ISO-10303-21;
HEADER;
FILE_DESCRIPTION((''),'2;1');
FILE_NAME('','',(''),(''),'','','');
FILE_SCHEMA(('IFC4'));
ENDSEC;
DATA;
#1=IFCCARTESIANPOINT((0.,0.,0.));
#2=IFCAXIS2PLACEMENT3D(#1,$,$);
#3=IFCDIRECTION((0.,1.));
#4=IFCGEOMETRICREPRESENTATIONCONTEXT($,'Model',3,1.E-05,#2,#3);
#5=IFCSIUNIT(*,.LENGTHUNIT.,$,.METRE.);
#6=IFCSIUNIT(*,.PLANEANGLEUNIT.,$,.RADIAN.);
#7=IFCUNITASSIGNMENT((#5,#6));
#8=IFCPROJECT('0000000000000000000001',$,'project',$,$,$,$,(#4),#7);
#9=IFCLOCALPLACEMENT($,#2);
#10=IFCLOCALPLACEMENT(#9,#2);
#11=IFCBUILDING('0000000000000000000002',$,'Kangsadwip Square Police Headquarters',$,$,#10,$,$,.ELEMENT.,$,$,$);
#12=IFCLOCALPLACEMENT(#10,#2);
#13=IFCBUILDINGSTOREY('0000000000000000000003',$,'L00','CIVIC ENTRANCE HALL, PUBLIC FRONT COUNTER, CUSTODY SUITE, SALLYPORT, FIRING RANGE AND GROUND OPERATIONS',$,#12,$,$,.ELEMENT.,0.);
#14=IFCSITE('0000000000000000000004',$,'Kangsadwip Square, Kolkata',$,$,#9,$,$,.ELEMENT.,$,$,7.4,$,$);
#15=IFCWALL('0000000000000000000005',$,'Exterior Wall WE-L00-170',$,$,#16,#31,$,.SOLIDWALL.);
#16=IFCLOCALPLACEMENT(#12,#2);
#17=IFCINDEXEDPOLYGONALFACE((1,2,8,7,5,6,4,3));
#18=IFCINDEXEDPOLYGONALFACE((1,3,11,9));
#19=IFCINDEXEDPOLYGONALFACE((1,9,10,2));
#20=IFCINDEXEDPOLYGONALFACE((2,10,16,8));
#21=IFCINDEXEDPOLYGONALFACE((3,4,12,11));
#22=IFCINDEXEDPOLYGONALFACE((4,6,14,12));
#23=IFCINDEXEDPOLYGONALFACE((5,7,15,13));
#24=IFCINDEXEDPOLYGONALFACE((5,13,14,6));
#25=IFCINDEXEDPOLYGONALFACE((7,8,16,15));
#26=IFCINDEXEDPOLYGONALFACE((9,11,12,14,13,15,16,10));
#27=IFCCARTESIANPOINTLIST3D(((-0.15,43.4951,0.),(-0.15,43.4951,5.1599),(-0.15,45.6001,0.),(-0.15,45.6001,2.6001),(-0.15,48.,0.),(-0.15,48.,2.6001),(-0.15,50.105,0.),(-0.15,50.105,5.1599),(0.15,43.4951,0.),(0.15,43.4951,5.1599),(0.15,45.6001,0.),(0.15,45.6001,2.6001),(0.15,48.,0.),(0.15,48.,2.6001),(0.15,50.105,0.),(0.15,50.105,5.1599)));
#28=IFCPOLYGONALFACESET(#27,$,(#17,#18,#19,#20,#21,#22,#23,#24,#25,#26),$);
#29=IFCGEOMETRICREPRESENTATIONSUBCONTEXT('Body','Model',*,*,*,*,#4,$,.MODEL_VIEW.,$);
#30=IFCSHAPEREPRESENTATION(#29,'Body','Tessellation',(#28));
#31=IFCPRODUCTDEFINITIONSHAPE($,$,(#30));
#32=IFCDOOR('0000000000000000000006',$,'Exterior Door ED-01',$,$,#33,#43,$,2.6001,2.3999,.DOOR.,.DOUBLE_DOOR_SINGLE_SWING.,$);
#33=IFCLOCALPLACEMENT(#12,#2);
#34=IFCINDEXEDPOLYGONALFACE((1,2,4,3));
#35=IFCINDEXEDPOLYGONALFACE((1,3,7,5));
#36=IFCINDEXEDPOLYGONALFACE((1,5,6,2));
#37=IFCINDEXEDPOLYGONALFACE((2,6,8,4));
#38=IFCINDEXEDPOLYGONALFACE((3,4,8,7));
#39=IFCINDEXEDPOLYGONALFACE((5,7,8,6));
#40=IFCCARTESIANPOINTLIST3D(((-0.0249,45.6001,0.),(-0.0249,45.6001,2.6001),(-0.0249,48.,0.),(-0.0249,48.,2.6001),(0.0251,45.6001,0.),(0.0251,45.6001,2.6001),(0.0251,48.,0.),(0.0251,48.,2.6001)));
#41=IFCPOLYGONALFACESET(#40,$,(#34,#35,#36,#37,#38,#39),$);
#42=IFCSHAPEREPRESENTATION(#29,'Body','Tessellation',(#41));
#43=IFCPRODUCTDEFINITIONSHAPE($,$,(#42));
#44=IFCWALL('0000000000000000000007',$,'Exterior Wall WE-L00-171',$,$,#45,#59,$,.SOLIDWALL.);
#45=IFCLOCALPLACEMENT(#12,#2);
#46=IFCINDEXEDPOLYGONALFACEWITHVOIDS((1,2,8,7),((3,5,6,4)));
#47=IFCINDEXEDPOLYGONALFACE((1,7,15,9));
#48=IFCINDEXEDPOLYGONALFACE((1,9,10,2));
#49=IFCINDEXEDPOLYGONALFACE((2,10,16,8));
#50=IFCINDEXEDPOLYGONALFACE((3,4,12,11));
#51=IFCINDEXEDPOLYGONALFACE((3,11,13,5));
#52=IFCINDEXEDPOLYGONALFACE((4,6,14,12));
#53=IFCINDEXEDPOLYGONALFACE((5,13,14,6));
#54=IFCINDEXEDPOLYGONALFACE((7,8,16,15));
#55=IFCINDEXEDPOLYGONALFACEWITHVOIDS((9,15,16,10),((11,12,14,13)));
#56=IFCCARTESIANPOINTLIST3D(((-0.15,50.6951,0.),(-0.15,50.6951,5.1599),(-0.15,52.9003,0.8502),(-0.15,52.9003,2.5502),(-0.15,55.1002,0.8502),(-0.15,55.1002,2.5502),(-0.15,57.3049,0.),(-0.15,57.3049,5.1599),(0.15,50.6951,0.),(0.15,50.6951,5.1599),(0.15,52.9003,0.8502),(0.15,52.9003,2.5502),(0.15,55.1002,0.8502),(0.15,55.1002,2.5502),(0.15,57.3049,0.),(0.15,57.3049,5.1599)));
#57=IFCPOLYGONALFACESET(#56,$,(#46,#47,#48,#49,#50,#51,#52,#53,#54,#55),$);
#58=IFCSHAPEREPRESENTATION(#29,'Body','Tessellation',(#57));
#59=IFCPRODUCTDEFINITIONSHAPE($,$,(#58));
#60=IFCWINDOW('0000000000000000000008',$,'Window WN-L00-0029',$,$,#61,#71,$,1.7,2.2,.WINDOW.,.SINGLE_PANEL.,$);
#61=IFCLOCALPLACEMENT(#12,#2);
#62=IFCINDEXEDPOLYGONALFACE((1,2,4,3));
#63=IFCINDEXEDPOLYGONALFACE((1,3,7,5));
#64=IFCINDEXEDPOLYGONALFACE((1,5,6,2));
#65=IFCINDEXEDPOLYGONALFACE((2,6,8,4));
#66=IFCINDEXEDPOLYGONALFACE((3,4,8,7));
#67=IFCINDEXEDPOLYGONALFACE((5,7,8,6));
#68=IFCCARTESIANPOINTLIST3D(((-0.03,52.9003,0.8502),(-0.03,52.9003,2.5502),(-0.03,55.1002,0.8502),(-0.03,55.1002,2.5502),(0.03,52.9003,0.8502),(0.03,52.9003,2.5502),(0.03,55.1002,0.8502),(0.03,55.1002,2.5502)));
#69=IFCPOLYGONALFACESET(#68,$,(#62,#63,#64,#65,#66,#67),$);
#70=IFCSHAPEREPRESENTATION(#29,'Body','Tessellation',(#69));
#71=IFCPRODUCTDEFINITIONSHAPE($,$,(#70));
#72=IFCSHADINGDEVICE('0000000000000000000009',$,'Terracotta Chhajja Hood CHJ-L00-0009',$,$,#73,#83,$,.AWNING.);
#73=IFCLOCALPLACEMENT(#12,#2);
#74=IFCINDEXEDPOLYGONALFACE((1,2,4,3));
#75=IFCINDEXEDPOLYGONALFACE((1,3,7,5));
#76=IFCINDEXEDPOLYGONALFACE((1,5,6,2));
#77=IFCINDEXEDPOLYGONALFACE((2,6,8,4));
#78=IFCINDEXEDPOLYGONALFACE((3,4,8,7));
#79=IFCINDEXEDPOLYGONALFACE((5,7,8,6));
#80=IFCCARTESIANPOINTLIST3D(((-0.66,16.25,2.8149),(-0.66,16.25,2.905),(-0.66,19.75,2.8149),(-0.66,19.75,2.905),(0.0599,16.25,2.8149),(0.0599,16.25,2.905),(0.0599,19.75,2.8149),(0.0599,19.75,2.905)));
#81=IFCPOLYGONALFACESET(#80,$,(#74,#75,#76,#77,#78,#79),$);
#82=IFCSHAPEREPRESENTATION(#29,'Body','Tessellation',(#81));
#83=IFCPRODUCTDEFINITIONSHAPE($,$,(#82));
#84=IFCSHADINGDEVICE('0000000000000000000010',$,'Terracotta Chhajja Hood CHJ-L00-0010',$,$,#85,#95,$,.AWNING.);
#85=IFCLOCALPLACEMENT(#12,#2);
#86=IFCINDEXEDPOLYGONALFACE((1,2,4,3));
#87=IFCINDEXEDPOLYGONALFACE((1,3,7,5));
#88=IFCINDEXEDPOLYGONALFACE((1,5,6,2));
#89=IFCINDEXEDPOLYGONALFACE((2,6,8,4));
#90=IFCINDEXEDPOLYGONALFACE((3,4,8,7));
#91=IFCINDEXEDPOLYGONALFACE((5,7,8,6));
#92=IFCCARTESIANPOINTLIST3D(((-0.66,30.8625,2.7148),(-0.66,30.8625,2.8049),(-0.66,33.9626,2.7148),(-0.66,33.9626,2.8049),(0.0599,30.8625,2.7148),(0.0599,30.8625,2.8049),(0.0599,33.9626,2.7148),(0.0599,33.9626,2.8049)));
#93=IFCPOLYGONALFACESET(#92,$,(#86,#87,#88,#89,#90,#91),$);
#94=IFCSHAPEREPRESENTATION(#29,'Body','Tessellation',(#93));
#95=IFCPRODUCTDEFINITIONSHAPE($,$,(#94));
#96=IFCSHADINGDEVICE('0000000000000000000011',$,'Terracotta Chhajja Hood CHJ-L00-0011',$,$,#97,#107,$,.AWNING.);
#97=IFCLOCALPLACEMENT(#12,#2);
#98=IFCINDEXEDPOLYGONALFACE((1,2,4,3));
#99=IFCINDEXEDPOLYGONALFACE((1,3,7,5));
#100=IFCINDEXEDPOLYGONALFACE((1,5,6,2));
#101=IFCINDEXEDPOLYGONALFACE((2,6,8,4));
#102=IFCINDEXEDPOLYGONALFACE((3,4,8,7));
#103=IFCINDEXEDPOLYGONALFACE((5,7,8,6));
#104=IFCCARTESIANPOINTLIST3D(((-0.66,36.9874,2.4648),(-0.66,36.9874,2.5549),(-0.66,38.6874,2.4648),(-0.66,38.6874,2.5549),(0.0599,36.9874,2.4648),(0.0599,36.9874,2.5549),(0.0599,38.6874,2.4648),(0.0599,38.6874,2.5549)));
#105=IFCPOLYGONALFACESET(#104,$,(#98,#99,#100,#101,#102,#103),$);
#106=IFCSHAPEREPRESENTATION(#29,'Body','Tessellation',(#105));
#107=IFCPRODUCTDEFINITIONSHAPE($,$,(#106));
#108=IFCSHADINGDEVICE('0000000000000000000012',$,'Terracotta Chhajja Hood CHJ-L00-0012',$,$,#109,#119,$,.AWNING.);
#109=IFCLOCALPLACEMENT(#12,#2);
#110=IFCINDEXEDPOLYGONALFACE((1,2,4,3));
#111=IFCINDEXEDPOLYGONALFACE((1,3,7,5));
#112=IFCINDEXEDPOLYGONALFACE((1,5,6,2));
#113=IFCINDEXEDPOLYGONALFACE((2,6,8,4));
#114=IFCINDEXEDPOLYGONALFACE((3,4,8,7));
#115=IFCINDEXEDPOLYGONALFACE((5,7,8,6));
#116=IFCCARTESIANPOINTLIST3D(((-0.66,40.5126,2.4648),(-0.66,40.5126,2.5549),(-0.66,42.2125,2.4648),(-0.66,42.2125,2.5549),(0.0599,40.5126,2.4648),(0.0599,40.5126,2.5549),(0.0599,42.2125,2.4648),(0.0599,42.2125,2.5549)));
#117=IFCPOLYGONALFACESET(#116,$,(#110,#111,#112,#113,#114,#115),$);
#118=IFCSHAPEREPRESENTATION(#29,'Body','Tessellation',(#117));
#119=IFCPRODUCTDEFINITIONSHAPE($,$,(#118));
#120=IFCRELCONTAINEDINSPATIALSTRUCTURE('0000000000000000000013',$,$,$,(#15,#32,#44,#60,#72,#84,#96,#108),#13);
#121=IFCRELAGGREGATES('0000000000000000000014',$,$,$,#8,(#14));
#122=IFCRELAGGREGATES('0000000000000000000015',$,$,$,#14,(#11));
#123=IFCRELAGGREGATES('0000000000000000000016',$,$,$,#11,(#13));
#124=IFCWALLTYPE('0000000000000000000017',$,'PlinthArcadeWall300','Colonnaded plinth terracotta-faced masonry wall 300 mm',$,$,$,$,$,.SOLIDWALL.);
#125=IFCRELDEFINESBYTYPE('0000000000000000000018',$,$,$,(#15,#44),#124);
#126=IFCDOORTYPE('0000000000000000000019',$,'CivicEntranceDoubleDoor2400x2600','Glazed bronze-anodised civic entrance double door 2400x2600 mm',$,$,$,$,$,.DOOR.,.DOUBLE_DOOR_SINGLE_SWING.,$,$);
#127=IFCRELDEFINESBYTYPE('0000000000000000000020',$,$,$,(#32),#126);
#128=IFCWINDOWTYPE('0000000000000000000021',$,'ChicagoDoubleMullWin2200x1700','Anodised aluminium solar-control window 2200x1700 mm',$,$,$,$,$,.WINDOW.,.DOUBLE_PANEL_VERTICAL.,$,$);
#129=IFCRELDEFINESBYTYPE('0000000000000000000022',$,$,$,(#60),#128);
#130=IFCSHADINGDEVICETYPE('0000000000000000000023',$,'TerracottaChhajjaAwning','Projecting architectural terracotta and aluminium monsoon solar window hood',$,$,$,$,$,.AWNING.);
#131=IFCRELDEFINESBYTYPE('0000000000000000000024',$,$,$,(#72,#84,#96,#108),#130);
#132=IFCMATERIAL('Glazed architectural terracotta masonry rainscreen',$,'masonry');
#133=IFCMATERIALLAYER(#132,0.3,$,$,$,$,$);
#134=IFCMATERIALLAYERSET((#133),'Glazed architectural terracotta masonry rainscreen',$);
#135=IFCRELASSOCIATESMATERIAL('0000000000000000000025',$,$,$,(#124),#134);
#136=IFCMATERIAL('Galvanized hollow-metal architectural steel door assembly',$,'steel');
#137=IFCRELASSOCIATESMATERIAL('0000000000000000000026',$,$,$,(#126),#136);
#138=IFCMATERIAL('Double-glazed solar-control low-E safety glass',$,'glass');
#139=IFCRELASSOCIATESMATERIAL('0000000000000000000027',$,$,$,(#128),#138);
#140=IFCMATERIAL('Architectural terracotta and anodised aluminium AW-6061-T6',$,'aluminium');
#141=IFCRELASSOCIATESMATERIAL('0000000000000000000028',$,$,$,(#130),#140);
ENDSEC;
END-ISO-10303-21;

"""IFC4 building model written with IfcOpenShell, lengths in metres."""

from ifc_helpers import new_model, si_unit, direction, frame, frame_2d, origin, origin_2d, place, context, subcontext, project, spatial, rectangle, extrude, material, layer, layer_set, type_object, element, fill, save


model = new_model("IFC4")

# Units and contexts
model_context = context("Model", 3, precision=1e-05, world=origin(), true_north=direction((0.0, 1.0)))
body_context = subcontext(model_context, "Body", "Model", "MODEL_VIEW")
ifc_project = project(units=[si_unit("LENGTHUNIT", "METRE"), si_unit("PLANEANGLEUNIT", "RADIAN")], contexts=[model_context])

# Site, building, storey
site_placement = place(None, origin())
site = spatial("IfcSite", under=ifc_project, at=site_placement, Name="Kangsadwip Square, Kolkata", CompositionType="ELEMENT", RefElevation=7.4)
building_placement = place(site_placement, origin())
building = spatial("IfcBuilding", under=site, at=building_placement, Name="Kangsadwip Square Police Headquarters", CompositionType="ELEMENT")
storey_placement = place(building_placement, origin())
storey = spatial("IfcBuildingStorey", under=building, at=storey_placement, Name="L00", Description="CIVIC ENTRANCE HALL, PUBLIC FRONT COUNTER, CUSTODY SUITE, SALLYPORT, FIRING RANGE AND GROUND OPERATIONS", CompositionType="ELEMENT", Elevation=0.0)

# Shared definitions
ifc_material_1 = material(Name="Glazed architectural terracotta masonry rainscreen", Category="masonry")
ifc_layer = layer(ifc_material_1, 0.3)
ifc_layer_set = layer_set([ifc_layer], Name="Glazed architectural terracotta masonry rainscreen")
wall_type = type_object("IfcWallType", Name="PlinthArcadeWall300", Description="Colonnaded plinth terracotta-faced masonry wall 300 mm", PredefinedType="SOLIDWALL", material=ifc_layer_set)

# Wall, opening, door
wall_1_placement = place(storey_placement, frame((0.0, 43.4951, 0.0), z_axis=(0.0, 0.0, 1.0), x_axis=(0.0, 1.0, 0.0)))
wall_1 = element("IfcWall", 1, at=wall_1_placement, inside=storey, type_object=wall_type, Name="Exterior Wall WE-L00-170", PredefinedType="SOLIDWALL", context=body_context, shape_type="SweptSolid", body=[
    extrude(rectangle(XDim=6.6099, YDim=0.3, at=frame_2d((3.3049, 0.0))), origin(), (0.0, 0.0, 1.0), 5.1599),
])
opening_1_placement = place(wall_1_placement, frame((2.105, 0.0, 0.0)))
opening_1 = element("IfcOpeningElement", 2, at=opening_1_placement, cuts=wall_1, PredefinedType="OPENING", context=body_context, shape_type="SweptSolid", body=[
    extrude(rectangle(XDim=2.3999, YDim=2.6001, at=frame_2d((1.2, 1.3))), frame((0.0, 0.1599, 0.0), z_axis=(0.0, -1.0, 0.0), x_axis=(1.0, 0.0, 0.0)), (0.0, 0.0, 1.0), 0.3201),
])
ifc_material_2 = material(Name="Galvanized hollow-metal architectural steel door assembly", Category="steel")
door_type = type_object("IfcDoorType", Name="CivicEntranceDoubleDoor2400x2600", Description="Glazed bronze-anodised civic entrance double door 2400x2600 mm", OperationType="DOUBLE_DOOR_SINGLE_SWING", PredefinedType="DOOR", material=ifc_material_2)
door_placement = place(opening_1_placement, origin())
door = element("IfcDoor", 3, at=door_placement, inside=storey, type_object=door_type, Name="Exterior Door ED-01", OperationType="DOUBLE_DOOR_SINGLE_SWING", OverallHeight=2.6001, OverallWidth=2.3999, PredefinedType="DOOR", context=body_context, shape_type="SweptSolid", body=[
    extrude(rectangle(XDim=2.3999, YDim=2.6001, at=frame_2d((1.2, 1.3))), frame((0.0, 0.0249, 0.0), z_axis=(0.0, -1.0, 0.0), x_axis=(1.0, 0.0, 0.0)), (0.0, 0.0, 1.0), 0.05),
])
fill(opening_1, door)

# Wall, opening, window
wall_2_placement = place(storey_placement, frame((0.0, 50.6951, 0.0), z_axis=(0.0, 0.0, 1.0), x_axis=(0.0, 1.0, 0.0)))
wall_2 = element("IfcWall", 4, at=wall_2_placement, inside=storey, type_object=wall_type, Name="Exterior Wall WE-L00-171", PredefinedType="SOLIDWALL", context=body_context, shape_type="SweptSolid", body=[
    extrude(rectangle(XDim=6.6099, YDim=0.3, at=frame_2d((3.3049, 0.0))), origin(), (0.0, 0.0, 1.0), 5.1599),
])
opening_2_placement = place(wall_2_placement, frame((2.2051, 0.0, 0.8501)))
opening_2 = element("IfcOpeningElement", 5, at=opening_2_placement, cuts=wall_2, PredefinedType="OPENING", context=body_context, shape_type="SweptSolid", body=[
    extrude(rectangle(XDim=2.2, YDim=1.7, at=frame_2d((1.1001, 0.8501))), frame((0.0, 0.1599, 0.0), z_axis=(0.0, -1.0, 0.0), x_axis=(1.0, 0.0, 0.0)), (0.0, 0.0, 1.0), 0.3201),
])
ifc_material_3 = material(Name="Double-glazed solar-control low-E safety glass", Category="glass")
window_type_1 = type_object("IfcWindowType", Name="ChicagoDoubleMullWin2200x1700", Description="Anodised aluminium solar-control window 2200x1700 mm", PartitioningType="DOUBLE_PANEL_VERTICAL", PredefinedType="WINDOW", material=ifc_material_3)
window_1_placement = place(opening_2_placement, origin())
window_1 = element("IfcWindow", 6, at=window_1_placement, inside=storey, type_object=window_type_1, Name="Window WN-L00-0029", OverallHeight=1.7, OverallWidth=2.2, PartitioningType="SINGLE_PANEL", PredefinedType="WINDOW", context=body_context, shape_type="SweptSolid", body=[
    extrude(rectangle(XDim=2.2, YDim=1.7, at=frame_2d((1.1001, 0.8501))), frame((0.0, 0.03, 0.0), z_axis=(0.0, -1.0, 0.0), x_axis=(1.0, 0.0, 0.0)), (0.0, 0.0, 1.0), 0.0601),
])
fill(opening_2, window_1)

# Shading devices
ifc_material_4 = material(Name="Architectural terracotta and anodised aluminium AW-6061-T6", Category="aluminium")
shading_device_type = type_object("IfcShadingDeviceType", Name="TerracottaChhajjaAwning", Description="Projecting architectural terracotta and aluminium monsoon solar window hood", PredefinedType="AWNING", material=ifc_material_4)
shading_device_1_placement = place(storey_placement, frame((-0.3, 18.0, 2.8149), z_axis=(0.0, 0.0, 1.0), x_axis=(0.0, 1.0, 0.0)))
element("IfcShadingDevice", 7, at=shading_device_1_placement, inside=storey, type_object=shading_device_type, Name="Terracotta Chhajja Hood CHJ-L00-0009", PredefinedType="AWNING", context=body_context, shape_type="SweptSolid", body=[
    extrude(rectangle(XDim=3.5, YDim=0.72, at=origin_2d()), origin(), (0.0, 0.0, 1.0), 0.0901),
])
shading_device_2_placement = place(storey_placement, frame((-0.3, 32.4126, 2.7148), z_axis=(0.0, 0.0, 1.0), x_axis=(0.0, 1.0, 0.0)))
element("IfcShadingDevice", 8, at=shading_device_2_placement, inside=storey, type_object=shading_device_type, Name="Terracotta Chhajja Hood CHJ-L00-0010", PredefinedType="AWNING", context=body_context, shape_type="SweptSolid", body=[
    extrude(rectangle(XDim=3.1001, YDim=0.72, at=origin_2d()), origin(), (0.0, 0.0, 1.0), 0.0901),
])
for number, where, z_axis, x_axis, name in (
    (9, (-0.3, 37.8374, 2.4648), (0.0, 0.0, 1.0), (0.0, 1.0, 0.0), "Terracotta Chhajja Hood CHJ-L00-0011"),
    (10, (-0.3, 41.3625, 2.4648), (0.0, 0.0, 1.0), (0.0, 1.0, 0.0), "Terracotta Chhajja Hood CHJ-L00-0012"),
):
    element("IfcShadingDevice", number, at=place(storey_placement, frame(where, z_axis=z_axis, x_axis=x_axis)), inside=storey, type_object=shading_device_type, Name=name, PredefinedType="AWNING", context=body_context, shape_type="SweptSolid", body=[
        extrude(rectangle(XDim=1.7, YDim=0.72, at=origin_2d()), origin(), (0.0, 0.0, 1.0), 0.0901),
    ])

save(model, "model.ifc")
